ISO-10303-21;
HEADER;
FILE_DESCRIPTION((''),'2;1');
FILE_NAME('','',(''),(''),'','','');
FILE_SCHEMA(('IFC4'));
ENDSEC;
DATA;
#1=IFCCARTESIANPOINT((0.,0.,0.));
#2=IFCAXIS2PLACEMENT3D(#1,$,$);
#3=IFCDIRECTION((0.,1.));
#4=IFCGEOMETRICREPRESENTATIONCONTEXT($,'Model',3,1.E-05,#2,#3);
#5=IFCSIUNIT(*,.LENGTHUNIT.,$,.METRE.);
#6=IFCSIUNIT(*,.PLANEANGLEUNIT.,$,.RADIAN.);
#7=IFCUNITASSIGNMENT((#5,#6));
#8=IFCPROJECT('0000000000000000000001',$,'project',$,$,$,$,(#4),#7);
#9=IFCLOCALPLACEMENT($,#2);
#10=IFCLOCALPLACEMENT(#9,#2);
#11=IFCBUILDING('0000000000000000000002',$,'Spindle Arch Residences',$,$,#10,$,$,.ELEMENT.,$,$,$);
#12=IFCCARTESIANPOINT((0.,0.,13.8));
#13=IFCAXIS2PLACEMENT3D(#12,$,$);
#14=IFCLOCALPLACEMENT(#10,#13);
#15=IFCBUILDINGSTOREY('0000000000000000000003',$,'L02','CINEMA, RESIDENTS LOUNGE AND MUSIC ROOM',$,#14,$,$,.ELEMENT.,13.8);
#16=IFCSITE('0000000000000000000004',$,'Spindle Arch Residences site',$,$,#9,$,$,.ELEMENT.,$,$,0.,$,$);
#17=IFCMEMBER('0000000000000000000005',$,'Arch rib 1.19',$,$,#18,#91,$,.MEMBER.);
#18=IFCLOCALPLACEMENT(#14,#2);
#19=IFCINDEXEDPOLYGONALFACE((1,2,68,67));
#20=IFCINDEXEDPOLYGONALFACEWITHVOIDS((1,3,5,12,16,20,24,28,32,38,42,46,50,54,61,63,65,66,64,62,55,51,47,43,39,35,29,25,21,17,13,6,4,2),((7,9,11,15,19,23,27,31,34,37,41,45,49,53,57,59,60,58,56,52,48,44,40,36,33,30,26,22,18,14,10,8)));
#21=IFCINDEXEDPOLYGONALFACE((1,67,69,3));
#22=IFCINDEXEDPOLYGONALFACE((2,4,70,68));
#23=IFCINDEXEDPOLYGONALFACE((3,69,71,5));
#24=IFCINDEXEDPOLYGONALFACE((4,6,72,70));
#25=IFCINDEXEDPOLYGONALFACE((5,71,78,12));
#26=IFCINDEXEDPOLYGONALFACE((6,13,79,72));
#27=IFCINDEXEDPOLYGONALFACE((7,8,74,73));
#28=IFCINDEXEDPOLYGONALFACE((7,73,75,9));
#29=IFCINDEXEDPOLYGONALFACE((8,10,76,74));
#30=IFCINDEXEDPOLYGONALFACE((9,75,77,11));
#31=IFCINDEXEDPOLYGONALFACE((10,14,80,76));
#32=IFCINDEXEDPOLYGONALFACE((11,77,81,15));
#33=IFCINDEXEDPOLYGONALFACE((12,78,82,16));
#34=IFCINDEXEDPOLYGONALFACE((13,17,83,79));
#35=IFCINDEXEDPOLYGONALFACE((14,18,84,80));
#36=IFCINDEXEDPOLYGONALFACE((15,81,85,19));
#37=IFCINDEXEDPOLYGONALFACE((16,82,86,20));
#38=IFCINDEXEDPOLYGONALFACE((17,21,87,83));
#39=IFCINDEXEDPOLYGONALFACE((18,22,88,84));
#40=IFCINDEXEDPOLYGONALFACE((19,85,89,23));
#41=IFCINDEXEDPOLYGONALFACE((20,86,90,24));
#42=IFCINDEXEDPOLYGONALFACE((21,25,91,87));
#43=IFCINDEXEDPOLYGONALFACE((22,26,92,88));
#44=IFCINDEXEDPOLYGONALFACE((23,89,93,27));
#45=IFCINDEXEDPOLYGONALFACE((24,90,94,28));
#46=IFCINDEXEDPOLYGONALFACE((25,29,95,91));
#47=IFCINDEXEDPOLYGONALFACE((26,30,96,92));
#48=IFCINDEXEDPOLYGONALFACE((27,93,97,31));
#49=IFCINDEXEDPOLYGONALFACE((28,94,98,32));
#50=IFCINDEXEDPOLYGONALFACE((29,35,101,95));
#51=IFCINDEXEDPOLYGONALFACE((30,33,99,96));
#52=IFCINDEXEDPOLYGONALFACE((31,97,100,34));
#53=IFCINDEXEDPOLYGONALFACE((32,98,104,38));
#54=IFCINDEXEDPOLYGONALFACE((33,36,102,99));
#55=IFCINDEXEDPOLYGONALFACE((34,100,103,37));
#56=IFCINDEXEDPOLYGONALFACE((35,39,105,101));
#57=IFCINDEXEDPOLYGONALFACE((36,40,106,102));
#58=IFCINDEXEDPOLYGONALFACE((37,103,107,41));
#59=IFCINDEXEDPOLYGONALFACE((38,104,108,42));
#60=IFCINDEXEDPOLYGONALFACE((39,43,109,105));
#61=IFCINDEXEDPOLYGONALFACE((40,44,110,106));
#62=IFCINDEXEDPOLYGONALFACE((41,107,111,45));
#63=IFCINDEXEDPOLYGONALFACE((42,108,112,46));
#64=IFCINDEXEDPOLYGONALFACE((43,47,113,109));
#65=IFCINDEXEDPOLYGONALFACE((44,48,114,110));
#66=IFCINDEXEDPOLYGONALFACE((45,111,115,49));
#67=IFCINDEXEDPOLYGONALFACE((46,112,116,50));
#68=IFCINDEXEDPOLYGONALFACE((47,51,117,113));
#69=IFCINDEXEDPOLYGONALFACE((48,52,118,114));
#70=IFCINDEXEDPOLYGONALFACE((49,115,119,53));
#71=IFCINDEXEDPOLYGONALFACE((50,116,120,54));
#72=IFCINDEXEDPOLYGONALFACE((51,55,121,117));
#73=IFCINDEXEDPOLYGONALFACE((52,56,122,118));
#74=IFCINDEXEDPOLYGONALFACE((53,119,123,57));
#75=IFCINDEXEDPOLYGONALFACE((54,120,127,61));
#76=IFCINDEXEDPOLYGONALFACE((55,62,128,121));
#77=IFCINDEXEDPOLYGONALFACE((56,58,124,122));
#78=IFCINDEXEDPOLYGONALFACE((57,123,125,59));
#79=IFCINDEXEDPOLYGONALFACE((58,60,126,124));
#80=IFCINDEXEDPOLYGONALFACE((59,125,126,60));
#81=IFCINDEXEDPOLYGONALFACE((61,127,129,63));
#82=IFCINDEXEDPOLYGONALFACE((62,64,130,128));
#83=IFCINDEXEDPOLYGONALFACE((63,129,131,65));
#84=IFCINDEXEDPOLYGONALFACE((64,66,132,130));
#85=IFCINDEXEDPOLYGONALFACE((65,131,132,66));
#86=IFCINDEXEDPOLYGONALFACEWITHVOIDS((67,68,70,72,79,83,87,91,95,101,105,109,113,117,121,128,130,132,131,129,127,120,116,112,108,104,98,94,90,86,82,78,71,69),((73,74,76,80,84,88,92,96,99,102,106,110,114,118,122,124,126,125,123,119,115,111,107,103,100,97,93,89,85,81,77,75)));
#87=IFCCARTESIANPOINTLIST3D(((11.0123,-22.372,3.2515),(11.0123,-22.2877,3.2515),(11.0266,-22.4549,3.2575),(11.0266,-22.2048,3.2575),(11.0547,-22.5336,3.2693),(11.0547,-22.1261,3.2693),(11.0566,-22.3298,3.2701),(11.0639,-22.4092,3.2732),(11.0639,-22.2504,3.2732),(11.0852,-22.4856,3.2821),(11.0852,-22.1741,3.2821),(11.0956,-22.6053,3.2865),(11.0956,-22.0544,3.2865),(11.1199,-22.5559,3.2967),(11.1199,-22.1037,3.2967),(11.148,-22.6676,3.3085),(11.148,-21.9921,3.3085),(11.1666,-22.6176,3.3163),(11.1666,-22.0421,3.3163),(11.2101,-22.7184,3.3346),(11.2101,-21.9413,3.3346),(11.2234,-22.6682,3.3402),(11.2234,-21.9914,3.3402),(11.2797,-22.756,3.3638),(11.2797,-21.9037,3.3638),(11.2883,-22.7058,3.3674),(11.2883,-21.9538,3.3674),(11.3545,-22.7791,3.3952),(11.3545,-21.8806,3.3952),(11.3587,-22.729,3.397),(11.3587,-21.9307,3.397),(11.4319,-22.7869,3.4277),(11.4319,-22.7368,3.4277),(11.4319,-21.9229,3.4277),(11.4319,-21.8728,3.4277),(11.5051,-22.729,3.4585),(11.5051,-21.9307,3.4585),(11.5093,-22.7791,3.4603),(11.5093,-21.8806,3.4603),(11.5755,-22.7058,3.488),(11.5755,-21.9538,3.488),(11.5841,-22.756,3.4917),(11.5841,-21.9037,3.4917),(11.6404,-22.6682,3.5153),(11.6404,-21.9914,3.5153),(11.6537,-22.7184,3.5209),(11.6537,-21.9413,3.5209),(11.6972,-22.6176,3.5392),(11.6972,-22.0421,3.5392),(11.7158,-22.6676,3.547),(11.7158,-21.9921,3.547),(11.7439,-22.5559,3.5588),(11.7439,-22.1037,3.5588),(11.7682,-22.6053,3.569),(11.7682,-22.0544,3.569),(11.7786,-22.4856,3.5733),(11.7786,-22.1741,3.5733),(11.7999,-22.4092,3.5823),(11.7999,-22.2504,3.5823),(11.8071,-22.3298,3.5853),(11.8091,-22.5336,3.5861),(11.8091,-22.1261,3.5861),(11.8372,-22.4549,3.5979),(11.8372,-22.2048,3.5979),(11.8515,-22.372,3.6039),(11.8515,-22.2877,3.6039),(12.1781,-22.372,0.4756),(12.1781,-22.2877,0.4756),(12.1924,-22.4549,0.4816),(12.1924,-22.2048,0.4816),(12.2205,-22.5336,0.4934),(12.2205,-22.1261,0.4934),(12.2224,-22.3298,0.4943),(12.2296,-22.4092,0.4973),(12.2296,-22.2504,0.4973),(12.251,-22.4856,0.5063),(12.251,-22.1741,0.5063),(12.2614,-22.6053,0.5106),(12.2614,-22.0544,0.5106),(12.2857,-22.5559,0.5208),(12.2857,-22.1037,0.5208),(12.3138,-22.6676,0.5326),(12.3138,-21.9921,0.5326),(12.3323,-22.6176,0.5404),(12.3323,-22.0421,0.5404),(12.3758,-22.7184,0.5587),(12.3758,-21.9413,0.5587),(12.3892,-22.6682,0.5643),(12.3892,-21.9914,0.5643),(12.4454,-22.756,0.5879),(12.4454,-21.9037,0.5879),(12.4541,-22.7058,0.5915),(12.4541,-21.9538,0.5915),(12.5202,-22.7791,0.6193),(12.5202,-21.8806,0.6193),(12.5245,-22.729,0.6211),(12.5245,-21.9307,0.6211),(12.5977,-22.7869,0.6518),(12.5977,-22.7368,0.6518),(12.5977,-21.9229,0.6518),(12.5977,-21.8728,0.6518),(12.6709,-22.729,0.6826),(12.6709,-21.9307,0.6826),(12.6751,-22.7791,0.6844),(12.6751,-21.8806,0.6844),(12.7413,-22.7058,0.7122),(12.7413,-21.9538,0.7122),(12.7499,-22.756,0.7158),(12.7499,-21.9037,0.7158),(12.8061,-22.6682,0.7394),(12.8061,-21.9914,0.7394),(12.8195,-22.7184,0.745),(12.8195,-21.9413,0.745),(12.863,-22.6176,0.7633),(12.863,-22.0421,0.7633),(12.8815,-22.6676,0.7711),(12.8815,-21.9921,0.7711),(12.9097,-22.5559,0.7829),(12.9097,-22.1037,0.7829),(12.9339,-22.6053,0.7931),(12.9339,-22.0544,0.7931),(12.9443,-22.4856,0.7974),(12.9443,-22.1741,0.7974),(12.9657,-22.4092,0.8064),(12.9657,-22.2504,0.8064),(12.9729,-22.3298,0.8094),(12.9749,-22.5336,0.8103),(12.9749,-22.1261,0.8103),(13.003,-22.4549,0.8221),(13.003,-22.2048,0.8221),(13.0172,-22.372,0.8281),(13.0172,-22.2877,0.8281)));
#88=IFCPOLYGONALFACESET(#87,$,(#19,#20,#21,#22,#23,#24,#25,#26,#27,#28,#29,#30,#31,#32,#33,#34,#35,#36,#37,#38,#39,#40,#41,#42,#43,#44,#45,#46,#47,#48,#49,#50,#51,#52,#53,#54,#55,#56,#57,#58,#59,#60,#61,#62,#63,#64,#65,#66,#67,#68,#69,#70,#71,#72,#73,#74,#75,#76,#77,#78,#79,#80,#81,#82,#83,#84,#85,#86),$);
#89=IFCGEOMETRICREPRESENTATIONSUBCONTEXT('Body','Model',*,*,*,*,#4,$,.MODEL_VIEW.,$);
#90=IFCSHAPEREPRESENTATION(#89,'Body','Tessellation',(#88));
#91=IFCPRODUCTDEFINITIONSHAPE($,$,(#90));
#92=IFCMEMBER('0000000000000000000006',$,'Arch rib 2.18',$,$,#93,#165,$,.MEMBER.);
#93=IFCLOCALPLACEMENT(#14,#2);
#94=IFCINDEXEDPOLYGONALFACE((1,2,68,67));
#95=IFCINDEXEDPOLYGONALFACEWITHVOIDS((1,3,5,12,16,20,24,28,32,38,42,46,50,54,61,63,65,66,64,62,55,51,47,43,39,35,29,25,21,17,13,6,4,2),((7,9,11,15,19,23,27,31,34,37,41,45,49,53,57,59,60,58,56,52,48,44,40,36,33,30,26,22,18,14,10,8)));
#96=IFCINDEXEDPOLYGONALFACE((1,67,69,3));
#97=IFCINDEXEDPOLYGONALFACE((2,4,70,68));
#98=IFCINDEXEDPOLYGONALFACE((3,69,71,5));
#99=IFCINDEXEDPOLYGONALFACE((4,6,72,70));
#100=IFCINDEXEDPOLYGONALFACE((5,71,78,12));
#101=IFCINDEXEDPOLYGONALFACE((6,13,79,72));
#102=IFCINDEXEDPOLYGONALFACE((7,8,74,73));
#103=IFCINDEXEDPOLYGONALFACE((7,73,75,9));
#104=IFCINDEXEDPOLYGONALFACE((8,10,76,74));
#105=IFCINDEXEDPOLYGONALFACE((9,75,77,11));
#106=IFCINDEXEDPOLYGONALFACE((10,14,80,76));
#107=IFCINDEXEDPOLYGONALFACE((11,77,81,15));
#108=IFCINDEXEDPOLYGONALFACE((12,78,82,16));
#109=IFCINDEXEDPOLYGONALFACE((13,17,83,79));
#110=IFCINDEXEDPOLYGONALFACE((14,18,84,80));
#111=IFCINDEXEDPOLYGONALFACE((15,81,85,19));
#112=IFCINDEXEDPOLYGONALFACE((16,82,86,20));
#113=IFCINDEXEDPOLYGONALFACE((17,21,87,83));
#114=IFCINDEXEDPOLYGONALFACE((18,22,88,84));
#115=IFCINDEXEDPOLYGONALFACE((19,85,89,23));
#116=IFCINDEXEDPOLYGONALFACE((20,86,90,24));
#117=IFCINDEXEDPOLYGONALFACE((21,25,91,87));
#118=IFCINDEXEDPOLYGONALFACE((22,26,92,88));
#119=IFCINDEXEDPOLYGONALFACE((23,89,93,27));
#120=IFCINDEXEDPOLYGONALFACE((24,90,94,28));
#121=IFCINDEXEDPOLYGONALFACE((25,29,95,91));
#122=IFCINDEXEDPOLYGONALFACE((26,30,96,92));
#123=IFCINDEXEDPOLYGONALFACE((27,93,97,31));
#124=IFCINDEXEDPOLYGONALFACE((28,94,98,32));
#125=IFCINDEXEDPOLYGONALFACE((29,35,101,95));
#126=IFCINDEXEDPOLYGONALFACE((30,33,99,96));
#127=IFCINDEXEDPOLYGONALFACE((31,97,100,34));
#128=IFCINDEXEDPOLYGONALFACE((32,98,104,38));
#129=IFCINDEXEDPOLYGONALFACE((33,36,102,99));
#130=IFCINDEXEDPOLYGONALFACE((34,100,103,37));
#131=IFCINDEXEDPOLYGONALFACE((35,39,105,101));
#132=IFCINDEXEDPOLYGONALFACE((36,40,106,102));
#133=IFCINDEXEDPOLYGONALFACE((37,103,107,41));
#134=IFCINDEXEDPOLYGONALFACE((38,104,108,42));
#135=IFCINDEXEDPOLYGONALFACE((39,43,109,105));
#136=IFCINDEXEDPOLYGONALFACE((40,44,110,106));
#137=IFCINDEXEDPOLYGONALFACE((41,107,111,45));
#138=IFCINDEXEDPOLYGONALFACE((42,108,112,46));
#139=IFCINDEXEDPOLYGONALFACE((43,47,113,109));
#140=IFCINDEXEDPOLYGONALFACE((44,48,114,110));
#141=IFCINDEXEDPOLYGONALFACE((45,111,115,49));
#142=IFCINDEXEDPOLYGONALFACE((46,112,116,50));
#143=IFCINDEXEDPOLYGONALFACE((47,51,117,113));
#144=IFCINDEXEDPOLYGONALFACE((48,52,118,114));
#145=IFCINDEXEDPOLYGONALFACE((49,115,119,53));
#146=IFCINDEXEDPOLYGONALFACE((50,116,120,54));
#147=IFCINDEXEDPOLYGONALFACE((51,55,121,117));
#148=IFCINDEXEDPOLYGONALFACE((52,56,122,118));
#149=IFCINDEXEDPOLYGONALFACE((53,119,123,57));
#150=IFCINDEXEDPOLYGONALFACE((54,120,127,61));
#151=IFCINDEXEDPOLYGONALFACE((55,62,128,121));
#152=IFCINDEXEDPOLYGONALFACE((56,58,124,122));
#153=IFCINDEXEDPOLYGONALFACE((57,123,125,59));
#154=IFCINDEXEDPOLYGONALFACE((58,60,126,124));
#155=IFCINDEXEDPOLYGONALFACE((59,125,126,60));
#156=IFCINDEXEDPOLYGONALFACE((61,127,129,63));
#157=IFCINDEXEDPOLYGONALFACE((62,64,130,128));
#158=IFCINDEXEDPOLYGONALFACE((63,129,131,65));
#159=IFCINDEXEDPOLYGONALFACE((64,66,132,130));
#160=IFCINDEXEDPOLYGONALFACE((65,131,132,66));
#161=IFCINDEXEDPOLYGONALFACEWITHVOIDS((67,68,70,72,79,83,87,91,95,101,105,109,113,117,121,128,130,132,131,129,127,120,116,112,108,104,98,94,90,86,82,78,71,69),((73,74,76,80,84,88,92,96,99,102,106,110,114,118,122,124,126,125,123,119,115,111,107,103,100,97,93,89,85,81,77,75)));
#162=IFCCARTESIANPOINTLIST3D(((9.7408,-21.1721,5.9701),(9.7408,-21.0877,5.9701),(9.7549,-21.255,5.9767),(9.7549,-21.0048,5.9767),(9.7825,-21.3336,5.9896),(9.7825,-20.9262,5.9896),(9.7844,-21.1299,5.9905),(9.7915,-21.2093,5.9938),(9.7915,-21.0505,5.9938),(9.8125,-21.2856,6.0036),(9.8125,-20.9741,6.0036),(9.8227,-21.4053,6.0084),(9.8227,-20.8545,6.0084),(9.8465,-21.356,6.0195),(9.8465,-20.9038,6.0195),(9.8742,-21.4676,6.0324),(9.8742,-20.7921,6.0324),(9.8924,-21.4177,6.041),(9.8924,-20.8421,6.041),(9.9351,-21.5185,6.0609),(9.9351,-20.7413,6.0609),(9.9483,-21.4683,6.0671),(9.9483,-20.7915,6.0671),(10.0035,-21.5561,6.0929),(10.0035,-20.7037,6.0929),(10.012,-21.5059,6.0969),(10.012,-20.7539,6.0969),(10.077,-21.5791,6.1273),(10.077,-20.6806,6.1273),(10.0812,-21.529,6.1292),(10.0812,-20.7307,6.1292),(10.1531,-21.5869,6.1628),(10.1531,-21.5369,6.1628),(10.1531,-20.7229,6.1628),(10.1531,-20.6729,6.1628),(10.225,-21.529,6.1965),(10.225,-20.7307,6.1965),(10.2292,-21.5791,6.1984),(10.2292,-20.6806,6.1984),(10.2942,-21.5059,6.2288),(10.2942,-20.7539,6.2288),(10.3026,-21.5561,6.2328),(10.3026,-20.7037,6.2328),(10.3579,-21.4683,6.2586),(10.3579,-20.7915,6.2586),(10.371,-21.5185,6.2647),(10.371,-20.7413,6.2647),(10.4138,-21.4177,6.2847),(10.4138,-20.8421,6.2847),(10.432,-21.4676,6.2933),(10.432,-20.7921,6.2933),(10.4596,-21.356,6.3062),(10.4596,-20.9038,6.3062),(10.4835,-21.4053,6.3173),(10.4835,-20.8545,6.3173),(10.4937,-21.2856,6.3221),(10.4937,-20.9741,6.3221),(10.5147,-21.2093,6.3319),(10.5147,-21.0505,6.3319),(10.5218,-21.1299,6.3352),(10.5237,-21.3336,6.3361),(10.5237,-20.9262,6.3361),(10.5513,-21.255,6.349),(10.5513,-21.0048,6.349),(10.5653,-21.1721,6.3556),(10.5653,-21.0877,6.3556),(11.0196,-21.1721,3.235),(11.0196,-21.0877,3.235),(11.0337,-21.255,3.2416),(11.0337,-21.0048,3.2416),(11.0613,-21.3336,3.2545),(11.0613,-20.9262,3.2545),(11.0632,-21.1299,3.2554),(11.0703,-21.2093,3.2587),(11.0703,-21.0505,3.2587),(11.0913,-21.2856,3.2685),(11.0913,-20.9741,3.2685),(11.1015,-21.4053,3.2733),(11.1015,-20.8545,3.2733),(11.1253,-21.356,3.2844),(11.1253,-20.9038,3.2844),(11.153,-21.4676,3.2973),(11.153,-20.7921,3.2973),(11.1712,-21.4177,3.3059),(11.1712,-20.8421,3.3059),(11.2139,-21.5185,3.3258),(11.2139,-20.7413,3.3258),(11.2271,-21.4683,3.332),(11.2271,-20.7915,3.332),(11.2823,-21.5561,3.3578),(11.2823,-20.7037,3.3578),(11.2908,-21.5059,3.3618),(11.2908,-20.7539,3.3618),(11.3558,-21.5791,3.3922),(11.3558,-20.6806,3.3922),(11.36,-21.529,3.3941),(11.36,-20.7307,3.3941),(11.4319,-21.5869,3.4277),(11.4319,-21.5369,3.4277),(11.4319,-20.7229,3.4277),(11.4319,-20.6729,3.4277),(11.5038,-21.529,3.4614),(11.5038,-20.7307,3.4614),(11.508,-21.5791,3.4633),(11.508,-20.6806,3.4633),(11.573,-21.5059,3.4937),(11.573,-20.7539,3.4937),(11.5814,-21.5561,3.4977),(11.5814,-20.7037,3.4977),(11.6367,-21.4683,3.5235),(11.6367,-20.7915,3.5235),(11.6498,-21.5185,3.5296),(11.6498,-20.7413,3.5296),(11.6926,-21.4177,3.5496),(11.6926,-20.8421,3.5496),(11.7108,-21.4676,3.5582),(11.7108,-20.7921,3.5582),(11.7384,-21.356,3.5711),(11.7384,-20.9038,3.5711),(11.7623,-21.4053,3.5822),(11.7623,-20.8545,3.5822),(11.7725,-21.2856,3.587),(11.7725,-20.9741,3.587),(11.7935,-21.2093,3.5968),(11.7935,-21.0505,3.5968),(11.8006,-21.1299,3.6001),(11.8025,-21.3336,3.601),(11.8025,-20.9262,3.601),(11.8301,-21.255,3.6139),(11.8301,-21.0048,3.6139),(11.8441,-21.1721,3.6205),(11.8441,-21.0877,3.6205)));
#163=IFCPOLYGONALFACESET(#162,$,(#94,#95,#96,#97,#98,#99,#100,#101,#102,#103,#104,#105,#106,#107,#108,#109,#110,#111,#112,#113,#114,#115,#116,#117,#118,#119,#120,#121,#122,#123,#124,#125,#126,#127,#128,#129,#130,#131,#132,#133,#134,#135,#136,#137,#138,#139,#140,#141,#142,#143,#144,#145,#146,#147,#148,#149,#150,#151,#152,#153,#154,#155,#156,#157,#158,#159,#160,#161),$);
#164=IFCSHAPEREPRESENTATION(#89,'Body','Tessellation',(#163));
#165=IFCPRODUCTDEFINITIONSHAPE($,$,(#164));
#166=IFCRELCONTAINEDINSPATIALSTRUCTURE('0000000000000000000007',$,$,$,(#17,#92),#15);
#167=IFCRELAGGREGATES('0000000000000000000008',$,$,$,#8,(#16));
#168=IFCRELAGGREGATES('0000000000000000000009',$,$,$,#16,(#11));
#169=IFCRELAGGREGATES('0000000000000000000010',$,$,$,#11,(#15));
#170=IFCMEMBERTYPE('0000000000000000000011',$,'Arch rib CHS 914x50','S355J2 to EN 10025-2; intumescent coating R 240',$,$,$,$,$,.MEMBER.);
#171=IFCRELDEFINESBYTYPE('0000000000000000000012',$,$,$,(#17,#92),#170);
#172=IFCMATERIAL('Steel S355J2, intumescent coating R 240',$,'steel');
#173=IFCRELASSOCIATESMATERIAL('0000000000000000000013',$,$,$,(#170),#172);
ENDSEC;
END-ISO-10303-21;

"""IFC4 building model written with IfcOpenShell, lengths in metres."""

from ifc_helpers import new_model, si_unit, direction, frame, origin, origin_2d, place, context, subcontext, project, spatial, hollow_circle, extrude, material, material_profile, profile_set, type_object, element, save


model = new_model("IFC4")

# Units and contexts
model_context = context("Model", 3, precision=1e-05, world=origin(), true_north=direction((0.0, 1.0)))
body_context = subcontext(model_context, "Body", "Model", "MODEL_VIEW")
ifc_project = project(units=[si_unit("LENGTHUNIT", "METRE"), si_unit("PLANEANGLEUNIT", "RADIAN")], contexts=[model_context])

# Site, building, storey
site_placement = place(None, origin())
site = spatial("IfcSite", under=ifc_project, at=site_placement, Name="Spindle Arch Residences site", CompositionType="ELEMENT", RefElevation=0.0)
building_placement = place(site_placement, origin())
building = spatial("IfcBuilding", under=site, at=building_placement, Name="Spindle Arch Residences", CompositionType="ELEMENT")
storey_placement = place(building_placement, frame((0.0, 0.0, 13.8)))
storey = spatial("IfcBuildingStorey", under=building, at=storey_placement, Name="L02", Description="CINEMA, RESIDENTS LOUNGE AND MUSIC ROOM", CompositionType="ELEMENT", Elevation=13.8)

# Members
ifc_material_1 = material(Name="Steel S355J2, intumescent coating R 240", Category="steel")
ifc_material_profile_1 = material_profile(ifc_material_1, hollow_circle(Radius=0.457, WallThickness=0.05, at=origin_2d()), Name="CHS 914x50")
ifc_profile_set_1 = profile_set([ifc_material_profile_1], Name="Steel S355J2, intumescent coating R 240")
member_type_1 = type_object("IfcMemberType", Name="Arch rib CHS 914x50", Description="S355J2 to EN 10025-2; intumescent coating R 240", PredefinedType="MEMBER", material=ifc_profile_set_1)
member_1_placement = place(storey_placement, frame((11.4319, -22.3298, 3.4277), z_axis=(0.387205, 0.0, -0.921994), x_axis=(0.0, 1.0, 0.0)))
element("IfcMember", 1, at=member_1_placement, inside=storey, type_object=member_type_1, Name="Arch rib 1.19", PredefinedType="MEMBER", context=body_context, shape_type="SweptSolid", body=[
    extrude(hollow_circle(Radius=0.457, WallThickness=0.05, at=origin_2d()), origin(), (0.0, 0.0, 1.0), 3.0107),
])
member_2_placement = place(storey_placement, frame((10.1531, -21.1299, 6.1628), z_axis=(0.423545, 0.0, -0.905875), x_axis=(0.0, 1.0, 0.0)))
element("IfcMember", 2, at=member_2_placement, inside=storey, type_object=member_type_1, Name="Arch rib 2.18", PredefinedType="MEMBER", context=body_context, shape_type="SweptSolid", body=[
    extrude(hollow_circle(Radius=0.457, WallThickness=0.05, at=origin_2d()), origin(), (0.0, 0.0, 1.0), 3.0193),
])

save(model, "model.ifc")
